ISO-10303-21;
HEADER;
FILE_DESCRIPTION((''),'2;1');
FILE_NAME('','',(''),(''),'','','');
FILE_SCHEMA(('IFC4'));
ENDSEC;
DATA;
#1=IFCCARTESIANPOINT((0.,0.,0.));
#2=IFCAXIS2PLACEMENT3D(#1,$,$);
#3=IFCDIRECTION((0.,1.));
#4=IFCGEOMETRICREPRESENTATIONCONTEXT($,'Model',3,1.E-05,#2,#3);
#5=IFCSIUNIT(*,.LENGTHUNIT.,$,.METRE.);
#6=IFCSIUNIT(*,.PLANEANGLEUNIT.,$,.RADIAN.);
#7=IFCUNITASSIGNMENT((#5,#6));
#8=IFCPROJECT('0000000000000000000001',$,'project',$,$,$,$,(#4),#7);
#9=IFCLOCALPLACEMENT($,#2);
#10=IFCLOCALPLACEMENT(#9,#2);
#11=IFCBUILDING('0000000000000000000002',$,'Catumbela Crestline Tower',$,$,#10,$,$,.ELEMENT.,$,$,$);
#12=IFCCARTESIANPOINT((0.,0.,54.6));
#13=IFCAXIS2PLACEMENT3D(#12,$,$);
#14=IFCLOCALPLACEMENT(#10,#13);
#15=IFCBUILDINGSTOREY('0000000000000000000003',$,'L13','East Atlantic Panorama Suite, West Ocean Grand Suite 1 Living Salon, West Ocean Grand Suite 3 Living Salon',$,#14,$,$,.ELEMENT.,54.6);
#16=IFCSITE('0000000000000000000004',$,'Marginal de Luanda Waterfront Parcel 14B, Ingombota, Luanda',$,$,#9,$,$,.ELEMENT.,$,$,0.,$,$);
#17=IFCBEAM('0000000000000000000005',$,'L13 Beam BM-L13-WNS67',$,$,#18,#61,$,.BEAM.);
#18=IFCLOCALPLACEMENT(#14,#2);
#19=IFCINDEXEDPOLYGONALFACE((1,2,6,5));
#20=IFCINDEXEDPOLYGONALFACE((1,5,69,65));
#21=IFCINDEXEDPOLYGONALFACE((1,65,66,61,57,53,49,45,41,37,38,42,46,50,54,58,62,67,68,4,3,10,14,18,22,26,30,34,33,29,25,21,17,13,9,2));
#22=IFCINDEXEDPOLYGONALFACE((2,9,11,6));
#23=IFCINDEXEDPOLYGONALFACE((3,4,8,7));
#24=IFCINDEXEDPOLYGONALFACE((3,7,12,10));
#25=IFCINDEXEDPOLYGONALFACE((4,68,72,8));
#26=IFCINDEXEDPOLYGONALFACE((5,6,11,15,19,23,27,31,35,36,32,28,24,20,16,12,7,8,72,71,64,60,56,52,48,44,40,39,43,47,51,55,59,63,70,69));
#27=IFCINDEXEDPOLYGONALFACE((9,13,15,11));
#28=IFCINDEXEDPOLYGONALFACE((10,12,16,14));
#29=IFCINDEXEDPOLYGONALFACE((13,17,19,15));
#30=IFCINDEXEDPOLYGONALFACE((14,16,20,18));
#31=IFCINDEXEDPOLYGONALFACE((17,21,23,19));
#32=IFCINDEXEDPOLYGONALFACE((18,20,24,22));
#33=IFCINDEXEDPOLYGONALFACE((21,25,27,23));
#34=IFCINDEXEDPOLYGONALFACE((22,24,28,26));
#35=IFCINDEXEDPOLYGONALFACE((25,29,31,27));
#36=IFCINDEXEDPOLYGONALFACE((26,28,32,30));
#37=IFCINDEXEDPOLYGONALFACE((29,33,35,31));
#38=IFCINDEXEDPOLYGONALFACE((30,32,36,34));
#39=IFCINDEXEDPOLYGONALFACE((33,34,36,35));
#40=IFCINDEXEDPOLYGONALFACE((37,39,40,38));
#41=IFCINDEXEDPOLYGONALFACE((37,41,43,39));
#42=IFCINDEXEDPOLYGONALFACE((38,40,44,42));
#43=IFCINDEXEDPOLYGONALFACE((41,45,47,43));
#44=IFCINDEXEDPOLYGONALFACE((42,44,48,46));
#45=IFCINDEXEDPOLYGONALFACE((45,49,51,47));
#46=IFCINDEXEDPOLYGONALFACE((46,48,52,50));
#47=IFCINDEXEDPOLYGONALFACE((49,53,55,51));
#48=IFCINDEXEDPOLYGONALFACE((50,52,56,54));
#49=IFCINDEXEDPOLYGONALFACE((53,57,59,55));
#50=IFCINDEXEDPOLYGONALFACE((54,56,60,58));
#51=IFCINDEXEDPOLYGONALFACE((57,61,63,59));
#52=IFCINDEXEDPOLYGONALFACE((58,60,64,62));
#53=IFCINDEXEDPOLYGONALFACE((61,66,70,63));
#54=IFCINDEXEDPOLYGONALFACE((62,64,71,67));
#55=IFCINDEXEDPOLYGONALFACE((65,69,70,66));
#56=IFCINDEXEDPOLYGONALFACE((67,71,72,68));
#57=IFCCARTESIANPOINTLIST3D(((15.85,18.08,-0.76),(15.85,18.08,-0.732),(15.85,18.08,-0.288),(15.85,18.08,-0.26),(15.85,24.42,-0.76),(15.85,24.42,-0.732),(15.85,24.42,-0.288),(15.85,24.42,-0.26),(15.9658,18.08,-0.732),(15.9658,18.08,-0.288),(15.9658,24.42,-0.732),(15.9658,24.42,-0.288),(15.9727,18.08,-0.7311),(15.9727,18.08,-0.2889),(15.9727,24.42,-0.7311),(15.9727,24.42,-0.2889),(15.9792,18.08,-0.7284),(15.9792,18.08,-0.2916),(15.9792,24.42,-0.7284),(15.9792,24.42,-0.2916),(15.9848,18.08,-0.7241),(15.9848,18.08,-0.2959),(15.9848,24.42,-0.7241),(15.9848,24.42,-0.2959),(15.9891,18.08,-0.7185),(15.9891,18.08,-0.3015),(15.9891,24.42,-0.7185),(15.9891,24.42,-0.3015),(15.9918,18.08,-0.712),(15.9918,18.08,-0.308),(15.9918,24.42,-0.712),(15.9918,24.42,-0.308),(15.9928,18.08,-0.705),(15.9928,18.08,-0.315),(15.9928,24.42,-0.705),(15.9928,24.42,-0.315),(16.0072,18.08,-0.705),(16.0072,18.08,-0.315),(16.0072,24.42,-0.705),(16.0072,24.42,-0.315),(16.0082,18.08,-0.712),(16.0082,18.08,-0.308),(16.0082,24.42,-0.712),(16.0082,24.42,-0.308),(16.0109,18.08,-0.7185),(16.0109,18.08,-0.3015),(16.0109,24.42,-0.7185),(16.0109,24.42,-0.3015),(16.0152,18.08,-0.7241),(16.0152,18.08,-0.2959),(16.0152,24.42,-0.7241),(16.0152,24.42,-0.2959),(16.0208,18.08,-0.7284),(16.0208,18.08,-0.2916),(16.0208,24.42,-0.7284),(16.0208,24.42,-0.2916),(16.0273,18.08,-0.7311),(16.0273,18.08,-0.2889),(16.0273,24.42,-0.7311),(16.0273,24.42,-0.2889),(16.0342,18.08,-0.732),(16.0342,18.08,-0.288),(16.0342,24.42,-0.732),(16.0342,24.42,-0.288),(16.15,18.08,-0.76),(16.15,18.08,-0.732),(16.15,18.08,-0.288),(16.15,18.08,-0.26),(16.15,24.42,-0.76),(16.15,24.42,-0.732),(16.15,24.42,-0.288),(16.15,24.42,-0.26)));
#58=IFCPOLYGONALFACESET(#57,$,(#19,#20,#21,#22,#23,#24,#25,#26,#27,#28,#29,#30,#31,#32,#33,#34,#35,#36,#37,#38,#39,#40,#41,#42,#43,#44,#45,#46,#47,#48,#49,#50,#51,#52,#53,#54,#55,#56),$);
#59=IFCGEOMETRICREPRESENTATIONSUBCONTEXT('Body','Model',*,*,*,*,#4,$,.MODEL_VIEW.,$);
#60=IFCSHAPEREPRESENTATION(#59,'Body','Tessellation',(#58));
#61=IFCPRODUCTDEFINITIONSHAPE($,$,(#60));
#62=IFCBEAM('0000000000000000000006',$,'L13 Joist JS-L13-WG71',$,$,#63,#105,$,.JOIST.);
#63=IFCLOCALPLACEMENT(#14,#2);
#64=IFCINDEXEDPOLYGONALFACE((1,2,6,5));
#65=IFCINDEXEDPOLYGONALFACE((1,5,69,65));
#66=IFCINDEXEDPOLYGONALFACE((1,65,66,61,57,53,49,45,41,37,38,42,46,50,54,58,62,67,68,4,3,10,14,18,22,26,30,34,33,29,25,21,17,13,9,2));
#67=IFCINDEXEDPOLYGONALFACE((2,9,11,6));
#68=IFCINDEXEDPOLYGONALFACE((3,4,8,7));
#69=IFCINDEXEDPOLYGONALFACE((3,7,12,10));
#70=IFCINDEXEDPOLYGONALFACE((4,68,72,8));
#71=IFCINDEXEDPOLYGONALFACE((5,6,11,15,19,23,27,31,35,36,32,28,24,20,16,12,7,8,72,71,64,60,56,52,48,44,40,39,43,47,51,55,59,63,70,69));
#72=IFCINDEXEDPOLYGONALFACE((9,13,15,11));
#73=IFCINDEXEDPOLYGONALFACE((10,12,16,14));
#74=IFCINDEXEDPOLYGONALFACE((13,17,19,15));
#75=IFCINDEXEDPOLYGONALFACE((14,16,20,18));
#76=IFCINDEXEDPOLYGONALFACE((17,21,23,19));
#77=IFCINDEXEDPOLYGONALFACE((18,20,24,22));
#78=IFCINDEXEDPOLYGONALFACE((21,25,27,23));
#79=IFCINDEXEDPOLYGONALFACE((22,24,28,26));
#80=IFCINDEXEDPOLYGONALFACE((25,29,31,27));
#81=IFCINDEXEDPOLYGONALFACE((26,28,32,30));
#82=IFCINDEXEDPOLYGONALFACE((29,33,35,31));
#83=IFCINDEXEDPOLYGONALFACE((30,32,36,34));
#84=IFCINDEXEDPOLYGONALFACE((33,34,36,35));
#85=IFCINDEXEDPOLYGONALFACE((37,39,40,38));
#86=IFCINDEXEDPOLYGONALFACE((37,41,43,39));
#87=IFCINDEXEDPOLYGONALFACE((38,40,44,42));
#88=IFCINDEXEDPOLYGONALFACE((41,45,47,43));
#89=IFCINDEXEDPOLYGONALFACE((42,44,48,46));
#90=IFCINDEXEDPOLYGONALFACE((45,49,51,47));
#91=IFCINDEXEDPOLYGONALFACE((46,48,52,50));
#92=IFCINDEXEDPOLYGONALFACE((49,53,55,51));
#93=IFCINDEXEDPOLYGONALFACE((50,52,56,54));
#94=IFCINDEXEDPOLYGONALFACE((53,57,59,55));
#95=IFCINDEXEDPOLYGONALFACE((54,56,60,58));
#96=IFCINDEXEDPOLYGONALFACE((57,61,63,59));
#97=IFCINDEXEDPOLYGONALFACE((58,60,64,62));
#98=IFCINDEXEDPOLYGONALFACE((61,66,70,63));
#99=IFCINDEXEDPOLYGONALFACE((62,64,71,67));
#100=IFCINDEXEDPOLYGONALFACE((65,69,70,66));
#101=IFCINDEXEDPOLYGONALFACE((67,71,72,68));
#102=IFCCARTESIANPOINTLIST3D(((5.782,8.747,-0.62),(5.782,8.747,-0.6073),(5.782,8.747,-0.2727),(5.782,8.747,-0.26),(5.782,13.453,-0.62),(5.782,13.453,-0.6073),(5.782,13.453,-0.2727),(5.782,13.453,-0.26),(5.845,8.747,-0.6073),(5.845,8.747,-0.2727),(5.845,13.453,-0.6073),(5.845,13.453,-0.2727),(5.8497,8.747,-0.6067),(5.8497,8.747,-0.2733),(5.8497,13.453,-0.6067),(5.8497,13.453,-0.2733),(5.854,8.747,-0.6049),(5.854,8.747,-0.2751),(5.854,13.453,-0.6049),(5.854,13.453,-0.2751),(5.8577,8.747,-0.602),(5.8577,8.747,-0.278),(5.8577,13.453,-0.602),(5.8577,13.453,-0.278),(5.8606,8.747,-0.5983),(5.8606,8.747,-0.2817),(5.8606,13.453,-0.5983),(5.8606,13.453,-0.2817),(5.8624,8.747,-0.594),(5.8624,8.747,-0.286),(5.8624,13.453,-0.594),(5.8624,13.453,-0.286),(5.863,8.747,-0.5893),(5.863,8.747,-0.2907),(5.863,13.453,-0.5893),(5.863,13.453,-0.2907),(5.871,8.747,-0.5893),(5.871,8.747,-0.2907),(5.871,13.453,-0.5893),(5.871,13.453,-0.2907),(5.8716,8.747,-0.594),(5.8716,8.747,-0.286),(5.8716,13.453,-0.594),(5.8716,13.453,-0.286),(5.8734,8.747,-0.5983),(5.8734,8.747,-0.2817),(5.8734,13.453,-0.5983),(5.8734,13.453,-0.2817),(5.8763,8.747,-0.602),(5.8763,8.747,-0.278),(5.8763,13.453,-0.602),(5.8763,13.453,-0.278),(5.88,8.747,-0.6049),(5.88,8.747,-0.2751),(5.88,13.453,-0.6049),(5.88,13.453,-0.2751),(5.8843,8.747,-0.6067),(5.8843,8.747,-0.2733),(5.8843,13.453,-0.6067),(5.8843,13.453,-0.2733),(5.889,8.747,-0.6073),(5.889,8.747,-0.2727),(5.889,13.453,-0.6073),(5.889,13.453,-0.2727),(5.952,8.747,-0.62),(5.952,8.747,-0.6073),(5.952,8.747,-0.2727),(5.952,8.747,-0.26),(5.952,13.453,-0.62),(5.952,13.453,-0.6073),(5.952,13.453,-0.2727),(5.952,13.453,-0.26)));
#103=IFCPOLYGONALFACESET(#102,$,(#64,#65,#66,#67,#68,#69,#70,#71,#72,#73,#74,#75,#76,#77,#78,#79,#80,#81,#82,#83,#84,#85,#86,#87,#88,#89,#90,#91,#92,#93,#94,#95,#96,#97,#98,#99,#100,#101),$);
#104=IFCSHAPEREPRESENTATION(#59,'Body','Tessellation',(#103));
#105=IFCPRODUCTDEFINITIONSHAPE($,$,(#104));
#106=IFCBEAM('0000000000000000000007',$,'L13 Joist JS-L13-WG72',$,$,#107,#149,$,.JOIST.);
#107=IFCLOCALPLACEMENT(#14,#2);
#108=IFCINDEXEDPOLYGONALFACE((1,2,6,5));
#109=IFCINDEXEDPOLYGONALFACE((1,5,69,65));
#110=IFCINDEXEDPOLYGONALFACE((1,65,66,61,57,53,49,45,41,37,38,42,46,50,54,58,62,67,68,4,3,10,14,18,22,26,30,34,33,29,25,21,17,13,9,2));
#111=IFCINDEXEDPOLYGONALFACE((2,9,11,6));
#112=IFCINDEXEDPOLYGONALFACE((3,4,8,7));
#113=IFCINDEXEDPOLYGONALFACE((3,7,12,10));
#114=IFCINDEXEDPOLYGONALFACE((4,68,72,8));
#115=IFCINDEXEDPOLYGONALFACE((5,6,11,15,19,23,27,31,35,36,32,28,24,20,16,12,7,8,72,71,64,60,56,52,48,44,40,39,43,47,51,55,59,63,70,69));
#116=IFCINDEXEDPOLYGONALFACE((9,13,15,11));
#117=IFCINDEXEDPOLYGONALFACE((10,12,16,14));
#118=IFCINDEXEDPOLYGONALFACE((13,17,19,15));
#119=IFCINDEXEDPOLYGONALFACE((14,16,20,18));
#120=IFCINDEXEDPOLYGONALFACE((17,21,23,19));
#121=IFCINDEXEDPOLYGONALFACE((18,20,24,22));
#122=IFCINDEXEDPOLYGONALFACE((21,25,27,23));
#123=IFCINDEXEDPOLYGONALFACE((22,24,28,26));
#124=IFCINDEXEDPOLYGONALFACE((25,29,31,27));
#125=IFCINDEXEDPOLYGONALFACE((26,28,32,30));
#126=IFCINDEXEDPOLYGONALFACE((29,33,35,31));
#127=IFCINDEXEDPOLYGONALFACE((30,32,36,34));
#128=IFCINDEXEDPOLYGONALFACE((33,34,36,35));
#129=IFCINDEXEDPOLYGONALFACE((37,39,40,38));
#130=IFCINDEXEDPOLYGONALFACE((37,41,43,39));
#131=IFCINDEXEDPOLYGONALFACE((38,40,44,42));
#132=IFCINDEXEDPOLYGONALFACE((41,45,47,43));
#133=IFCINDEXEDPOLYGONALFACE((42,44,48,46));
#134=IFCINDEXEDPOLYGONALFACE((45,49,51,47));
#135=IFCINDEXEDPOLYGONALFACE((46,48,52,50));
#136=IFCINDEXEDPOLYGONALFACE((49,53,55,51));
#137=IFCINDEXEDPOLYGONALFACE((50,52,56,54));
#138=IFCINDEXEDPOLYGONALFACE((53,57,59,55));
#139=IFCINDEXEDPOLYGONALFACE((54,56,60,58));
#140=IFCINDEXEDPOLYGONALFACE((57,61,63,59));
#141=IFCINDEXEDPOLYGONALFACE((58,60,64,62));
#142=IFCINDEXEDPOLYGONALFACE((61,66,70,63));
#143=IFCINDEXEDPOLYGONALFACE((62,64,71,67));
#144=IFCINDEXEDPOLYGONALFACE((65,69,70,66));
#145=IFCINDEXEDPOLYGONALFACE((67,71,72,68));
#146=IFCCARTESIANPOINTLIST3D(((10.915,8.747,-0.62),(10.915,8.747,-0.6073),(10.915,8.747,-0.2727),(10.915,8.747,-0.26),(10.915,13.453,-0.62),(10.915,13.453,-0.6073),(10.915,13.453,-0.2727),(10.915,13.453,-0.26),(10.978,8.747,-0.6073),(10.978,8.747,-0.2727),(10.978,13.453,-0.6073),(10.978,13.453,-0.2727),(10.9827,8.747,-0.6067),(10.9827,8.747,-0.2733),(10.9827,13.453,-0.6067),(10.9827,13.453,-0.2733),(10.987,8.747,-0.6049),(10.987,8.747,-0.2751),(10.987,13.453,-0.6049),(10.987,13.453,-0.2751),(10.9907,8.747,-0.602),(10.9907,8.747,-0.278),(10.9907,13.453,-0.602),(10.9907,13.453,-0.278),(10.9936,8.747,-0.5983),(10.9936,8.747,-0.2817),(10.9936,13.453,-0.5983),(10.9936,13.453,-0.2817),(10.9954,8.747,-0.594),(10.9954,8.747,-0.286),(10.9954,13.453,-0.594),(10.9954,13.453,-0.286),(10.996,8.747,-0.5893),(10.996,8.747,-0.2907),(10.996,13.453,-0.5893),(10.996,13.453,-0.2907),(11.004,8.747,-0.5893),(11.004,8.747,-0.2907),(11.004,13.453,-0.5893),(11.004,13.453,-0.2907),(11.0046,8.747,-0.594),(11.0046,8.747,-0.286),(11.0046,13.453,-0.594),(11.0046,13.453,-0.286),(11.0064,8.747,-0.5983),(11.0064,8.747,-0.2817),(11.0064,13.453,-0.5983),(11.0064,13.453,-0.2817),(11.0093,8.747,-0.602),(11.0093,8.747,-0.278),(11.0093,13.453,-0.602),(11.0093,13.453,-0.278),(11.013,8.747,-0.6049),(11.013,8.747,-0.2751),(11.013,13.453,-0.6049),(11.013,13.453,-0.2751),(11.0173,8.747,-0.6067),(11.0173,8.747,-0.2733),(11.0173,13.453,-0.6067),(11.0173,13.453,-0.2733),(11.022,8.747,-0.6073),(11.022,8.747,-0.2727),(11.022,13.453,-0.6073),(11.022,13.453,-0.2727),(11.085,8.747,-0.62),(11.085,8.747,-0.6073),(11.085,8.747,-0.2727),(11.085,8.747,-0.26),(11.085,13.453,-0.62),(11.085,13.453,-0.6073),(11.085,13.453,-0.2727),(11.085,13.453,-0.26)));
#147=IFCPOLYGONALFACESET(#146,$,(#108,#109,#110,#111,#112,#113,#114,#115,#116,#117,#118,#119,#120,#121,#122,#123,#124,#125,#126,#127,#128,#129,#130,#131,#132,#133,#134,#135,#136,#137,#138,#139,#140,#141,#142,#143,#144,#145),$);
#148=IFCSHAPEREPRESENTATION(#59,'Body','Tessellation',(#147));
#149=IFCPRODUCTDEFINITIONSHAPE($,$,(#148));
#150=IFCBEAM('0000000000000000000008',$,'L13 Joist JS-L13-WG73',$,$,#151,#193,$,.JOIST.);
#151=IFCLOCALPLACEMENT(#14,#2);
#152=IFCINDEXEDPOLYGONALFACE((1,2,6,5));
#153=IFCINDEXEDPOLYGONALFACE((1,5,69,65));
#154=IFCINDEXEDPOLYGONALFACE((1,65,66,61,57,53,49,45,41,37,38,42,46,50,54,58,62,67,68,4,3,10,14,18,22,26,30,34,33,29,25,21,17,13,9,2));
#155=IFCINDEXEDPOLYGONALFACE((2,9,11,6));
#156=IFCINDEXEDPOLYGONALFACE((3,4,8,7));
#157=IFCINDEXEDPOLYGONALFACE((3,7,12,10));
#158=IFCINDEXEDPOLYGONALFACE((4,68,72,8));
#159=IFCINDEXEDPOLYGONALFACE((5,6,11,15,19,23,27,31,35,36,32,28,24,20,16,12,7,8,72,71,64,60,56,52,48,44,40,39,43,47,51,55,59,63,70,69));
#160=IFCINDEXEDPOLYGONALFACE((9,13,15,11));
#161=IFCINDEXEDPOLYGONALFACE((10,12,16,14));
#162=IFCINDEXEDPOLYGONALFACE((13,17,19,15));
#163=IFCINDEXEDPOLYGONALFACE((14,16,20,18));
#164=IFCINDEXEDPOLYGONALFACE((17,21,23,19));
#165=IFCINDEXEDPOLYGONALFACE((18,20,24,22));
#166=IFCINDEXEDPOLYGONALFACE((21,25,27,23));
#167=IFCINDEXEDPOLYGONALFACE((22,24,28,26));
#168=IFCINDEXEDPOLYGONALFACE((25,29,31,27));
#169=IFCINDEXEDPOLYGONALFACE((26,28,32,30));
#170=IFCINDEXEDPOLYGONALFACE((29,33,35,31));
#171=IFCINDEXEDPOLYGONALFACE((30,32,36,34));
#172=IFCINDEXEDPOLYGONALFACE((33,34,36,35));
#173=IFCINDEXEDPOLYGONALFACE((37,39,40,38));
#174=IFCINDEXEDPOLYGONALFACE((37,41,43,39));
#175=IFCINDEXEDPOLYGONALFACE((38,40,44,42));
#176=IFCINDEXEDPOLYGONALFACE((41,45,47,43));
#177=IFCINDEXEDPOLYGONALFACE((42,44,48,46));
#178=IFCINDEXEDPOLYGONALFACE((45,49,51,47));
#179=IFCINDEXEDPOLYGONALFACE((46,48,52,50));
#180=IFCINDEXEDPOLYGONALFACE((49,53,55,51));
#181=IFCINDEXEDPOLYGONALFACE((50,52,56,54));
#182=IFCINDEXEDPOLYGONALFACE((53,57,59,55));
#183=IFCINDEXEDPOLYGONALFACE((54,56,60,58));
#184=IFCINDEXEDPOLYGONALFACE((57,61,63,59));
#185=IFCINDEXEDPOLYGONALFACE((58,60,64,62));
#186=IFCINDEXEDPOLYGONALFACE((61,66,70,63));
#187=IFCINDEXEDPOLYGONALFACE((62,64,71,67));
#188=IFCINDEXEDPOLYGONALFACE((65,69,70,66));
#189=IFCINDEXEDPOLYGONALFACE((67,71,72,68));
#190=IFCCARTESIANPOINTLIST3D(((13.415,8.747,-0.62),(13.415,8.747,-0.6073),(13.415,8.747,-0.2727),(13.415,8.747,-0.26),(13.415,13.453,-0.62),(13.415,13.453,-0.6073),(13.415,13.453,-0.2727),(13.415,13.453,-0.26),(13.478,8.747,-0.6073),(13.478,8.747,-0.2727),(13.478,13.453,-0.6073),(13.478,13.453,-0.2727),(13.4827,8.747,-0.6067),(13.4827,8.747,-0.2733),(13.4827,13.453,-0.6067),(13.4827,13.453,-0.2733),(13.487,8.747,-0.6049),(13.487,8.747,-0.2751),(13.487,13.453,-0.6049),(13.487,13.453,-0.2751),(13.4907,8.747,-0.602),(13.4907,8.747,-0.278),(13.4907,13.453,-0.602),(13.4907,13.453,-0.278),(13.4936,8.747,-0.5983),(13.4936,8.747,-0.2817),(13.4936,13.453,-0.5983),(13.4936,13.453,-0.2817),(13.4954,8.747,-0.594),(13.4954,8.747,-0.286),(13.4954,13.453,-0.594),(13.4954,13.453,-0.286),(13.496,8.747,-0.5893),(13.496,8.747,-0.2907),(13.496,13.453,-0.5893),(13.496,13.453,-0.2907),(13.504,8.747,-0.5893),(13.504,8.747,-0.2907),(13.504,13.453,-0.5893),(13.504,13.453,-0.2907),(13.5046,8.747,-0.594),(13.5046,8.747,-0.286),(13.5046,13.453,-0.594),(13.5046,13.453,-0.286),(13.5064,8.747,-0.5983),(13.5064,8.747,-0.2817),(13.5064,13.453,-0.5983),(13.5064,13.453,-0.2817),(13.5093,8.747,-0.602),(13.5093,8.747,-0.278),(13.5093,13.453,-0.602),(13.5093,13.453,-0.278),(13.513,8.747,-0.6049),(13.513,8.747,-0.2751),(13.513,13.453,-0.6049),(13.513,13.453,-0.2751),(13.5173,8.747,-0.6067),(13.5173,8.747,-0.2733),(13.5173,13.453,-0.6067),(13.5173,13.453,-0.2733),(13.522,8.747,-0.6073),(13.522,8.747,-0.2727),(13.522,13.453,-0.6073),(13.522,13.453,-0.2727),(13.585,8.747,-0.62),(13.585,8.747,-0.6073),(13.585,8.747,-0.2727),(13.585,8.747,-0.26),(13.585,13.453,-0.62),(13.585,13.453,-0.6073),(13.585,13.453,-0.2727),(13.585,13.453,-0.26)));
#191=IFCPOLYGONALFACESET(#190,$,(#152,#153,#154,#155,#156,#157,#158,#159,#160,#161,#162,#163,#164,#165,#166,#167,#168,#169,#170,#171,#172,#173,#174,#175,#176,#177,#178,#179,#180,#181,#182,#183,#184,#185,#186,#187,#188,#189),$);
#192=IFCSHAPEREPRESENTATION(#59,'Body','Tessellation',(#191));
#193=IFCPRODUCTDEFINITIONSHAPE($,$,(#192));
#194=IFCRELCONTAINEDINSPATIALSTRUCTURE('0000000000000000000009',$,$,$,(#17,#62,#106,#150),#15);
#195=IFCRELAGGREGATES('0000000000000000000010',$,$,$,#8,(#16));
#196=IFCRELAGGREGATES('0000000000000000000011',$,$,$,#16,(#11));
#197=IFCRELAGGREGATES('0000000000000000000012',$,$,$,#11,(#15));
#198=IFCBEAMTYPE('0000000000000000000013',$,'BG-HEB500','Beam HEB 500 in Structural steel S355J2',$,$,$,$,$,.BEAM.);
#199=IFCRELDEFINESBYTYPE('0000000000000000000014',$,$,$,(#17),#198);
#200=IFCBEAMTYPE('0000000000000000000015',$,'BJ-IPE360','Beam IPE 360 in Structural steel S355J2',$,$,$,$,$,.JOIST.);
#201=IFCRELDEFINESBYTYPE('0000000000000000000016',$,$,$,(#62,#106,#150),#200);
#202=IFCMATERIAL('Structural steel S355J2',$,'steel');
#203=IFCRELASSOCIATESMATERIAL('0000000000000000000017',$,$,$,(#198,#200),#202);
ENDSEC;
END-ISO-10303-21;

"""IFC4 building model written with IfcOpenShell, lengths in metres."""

from ifc_helpers import new_model, si_unit, direction, frame, origin, origin_2d, place, context, subcontext, project, spatial, i_section, extrude, material, material_profile, profile_set, type_object, element, save


model = new_model("IFC4")

# Units and contexts
model_context = context("Model", 3, precision=1e-05, world=origin(), true_north=direction((0.0, 1.0)))
body_context = subcontext(model_context, "Body", "Model", "MODEL_VIEW")
ifc_project = project(units=[si_unit("LENGTHUNIT", "METRE"), si_unit("PLANEANGLEUNIT", "RADIAN")], contexts=[model_context])

# Site, building, storey
site_placement = place(None, origin())
site = spatial("IfcSite", under=ifc_project, at=site_placement, Name="Marginal de Luanda Waterfront Parcel 14B, Ingombota, Luanda", CompositionType="ELEMENT", RefElevation=0.0)
building_placement = place(site_placement, origin())
building = spatial("IfcBuilding", under=site, at=building_placement, Name="Catumbela Crestline Tower", CompositionType="ELEMENT")
storey_placement = place(building_placement, frame((0.0, 0.0, 54.6)))
storey = spatial("IfcBuildingStorey", under=building, at=storey_placement, Name="L13", Description="East Atlantic Panorama Suite, West Ocean Grand Suite 1 Living Salon, West Ocean Grand Suite 3 Living Salon", CompositionType="ELEMENT", Elevation=54.6)

# Beams
ifc_material_1 = material(Name="Structural steel S355J2", Category="steel")
ifc_material_profile_1 = material_profile(ifc_material_1, i_section(OverallWidth=0.3, OverallDepth=0.5, WebThickness=0.0145, FlangeThickness=0.028, FilletRadius=0.027, at=origin_2d()), Name="HEB 500")
ifc_profile_set_1 = profile_set([ifc_material_profile_1], Name="Structural steel S355J2")
beam_type_1 = type_object("IfcBeamType", Name="BG-HEB500", Description="Beam HEB 500 in Structural steel S355J2", PredefinedType="BEAM", material=ifc_profile_set_1)
beam_1_placement = place(storey_placement, frame((16.0, 18.08, -0.51), z_axis=(0.0, 1.0, 0.0), x_axis=(-1.0, 0.0, 0.0)))
element("IfcBeam", 1, at=beam_1_placement, inside=storey, type_object=beam_type_1, Name="L13 Beam BM-L13-WNS67", PredefinedType="BEAM", context=body_context, shape_type="SweptSolid", body=[
    extrude(i_section(OverallWidth=0.3, OverallDepth=0.5, WebThickness=0.0145, FlangeThickness=0.028, FilletRadius=0.027, at=origin_2d()), origin(), (0.0, 0.0, 1.0), 6.34),
])
ifc_material_profile_2 = material_profile(ifc_material_1, i_section(OverallWidth=0.17, OverallDepth=0.36, WebThickness=0.008, FlangeThickness=0.0127, FilletRadius=0.018, at=origin_2d()), Name="IPE 360")
ifc_profile_set_2 = profile_set([ifc_material_profile_2], Name="Structural steel S355J2")
beam_type_2 = type_object("IfcBeamType", Name="BJ-IPE360", Description="Beam IPE 360 in Structural steel S355J2", PredefinedType="JOIST", material=ifc_profile_set_2)
for number, where, z_axis, x_axis, name in (
    (2, (5.867, 8.747, -0.44), (0.0, 1.0, 0.0), (-1.0, 0.0, 0.0), "L13 Joist JS-L13-WG71"),
    (3, (11.0, 8.747, -0.44), (0.0, 1.0, 0.0), (-1.0, 0.0, 0.0), "L13 Joist JS-L13-WG72"),
    (4, (13.5, 8.747, -0.44), (0.0, 1.0, 0.0), (-1.0, 0.0, 0.0), "L13 Joist JS-L13-WG73"),
):
    element("IfcBeam", number, at=place(storey_placement, frame(where, z_axis=z_axis, x_axis=x_axis)), inside=storey, type_object=beam_type_2, Name=name, PredefinedType="JOIST", context=body_context, shape_type="SweptSolid", body=[
        extrude(i_section(OverallWidth=0.17, OverallDepth=0.36, WebThickness=0.008, FlangeThickness=0.0127, FilletRadius=0.018, at=origin_2d()), origin(), (0.0, 0.0, 1.0), 4.706),
    ])

save(model, "model.ifc")
